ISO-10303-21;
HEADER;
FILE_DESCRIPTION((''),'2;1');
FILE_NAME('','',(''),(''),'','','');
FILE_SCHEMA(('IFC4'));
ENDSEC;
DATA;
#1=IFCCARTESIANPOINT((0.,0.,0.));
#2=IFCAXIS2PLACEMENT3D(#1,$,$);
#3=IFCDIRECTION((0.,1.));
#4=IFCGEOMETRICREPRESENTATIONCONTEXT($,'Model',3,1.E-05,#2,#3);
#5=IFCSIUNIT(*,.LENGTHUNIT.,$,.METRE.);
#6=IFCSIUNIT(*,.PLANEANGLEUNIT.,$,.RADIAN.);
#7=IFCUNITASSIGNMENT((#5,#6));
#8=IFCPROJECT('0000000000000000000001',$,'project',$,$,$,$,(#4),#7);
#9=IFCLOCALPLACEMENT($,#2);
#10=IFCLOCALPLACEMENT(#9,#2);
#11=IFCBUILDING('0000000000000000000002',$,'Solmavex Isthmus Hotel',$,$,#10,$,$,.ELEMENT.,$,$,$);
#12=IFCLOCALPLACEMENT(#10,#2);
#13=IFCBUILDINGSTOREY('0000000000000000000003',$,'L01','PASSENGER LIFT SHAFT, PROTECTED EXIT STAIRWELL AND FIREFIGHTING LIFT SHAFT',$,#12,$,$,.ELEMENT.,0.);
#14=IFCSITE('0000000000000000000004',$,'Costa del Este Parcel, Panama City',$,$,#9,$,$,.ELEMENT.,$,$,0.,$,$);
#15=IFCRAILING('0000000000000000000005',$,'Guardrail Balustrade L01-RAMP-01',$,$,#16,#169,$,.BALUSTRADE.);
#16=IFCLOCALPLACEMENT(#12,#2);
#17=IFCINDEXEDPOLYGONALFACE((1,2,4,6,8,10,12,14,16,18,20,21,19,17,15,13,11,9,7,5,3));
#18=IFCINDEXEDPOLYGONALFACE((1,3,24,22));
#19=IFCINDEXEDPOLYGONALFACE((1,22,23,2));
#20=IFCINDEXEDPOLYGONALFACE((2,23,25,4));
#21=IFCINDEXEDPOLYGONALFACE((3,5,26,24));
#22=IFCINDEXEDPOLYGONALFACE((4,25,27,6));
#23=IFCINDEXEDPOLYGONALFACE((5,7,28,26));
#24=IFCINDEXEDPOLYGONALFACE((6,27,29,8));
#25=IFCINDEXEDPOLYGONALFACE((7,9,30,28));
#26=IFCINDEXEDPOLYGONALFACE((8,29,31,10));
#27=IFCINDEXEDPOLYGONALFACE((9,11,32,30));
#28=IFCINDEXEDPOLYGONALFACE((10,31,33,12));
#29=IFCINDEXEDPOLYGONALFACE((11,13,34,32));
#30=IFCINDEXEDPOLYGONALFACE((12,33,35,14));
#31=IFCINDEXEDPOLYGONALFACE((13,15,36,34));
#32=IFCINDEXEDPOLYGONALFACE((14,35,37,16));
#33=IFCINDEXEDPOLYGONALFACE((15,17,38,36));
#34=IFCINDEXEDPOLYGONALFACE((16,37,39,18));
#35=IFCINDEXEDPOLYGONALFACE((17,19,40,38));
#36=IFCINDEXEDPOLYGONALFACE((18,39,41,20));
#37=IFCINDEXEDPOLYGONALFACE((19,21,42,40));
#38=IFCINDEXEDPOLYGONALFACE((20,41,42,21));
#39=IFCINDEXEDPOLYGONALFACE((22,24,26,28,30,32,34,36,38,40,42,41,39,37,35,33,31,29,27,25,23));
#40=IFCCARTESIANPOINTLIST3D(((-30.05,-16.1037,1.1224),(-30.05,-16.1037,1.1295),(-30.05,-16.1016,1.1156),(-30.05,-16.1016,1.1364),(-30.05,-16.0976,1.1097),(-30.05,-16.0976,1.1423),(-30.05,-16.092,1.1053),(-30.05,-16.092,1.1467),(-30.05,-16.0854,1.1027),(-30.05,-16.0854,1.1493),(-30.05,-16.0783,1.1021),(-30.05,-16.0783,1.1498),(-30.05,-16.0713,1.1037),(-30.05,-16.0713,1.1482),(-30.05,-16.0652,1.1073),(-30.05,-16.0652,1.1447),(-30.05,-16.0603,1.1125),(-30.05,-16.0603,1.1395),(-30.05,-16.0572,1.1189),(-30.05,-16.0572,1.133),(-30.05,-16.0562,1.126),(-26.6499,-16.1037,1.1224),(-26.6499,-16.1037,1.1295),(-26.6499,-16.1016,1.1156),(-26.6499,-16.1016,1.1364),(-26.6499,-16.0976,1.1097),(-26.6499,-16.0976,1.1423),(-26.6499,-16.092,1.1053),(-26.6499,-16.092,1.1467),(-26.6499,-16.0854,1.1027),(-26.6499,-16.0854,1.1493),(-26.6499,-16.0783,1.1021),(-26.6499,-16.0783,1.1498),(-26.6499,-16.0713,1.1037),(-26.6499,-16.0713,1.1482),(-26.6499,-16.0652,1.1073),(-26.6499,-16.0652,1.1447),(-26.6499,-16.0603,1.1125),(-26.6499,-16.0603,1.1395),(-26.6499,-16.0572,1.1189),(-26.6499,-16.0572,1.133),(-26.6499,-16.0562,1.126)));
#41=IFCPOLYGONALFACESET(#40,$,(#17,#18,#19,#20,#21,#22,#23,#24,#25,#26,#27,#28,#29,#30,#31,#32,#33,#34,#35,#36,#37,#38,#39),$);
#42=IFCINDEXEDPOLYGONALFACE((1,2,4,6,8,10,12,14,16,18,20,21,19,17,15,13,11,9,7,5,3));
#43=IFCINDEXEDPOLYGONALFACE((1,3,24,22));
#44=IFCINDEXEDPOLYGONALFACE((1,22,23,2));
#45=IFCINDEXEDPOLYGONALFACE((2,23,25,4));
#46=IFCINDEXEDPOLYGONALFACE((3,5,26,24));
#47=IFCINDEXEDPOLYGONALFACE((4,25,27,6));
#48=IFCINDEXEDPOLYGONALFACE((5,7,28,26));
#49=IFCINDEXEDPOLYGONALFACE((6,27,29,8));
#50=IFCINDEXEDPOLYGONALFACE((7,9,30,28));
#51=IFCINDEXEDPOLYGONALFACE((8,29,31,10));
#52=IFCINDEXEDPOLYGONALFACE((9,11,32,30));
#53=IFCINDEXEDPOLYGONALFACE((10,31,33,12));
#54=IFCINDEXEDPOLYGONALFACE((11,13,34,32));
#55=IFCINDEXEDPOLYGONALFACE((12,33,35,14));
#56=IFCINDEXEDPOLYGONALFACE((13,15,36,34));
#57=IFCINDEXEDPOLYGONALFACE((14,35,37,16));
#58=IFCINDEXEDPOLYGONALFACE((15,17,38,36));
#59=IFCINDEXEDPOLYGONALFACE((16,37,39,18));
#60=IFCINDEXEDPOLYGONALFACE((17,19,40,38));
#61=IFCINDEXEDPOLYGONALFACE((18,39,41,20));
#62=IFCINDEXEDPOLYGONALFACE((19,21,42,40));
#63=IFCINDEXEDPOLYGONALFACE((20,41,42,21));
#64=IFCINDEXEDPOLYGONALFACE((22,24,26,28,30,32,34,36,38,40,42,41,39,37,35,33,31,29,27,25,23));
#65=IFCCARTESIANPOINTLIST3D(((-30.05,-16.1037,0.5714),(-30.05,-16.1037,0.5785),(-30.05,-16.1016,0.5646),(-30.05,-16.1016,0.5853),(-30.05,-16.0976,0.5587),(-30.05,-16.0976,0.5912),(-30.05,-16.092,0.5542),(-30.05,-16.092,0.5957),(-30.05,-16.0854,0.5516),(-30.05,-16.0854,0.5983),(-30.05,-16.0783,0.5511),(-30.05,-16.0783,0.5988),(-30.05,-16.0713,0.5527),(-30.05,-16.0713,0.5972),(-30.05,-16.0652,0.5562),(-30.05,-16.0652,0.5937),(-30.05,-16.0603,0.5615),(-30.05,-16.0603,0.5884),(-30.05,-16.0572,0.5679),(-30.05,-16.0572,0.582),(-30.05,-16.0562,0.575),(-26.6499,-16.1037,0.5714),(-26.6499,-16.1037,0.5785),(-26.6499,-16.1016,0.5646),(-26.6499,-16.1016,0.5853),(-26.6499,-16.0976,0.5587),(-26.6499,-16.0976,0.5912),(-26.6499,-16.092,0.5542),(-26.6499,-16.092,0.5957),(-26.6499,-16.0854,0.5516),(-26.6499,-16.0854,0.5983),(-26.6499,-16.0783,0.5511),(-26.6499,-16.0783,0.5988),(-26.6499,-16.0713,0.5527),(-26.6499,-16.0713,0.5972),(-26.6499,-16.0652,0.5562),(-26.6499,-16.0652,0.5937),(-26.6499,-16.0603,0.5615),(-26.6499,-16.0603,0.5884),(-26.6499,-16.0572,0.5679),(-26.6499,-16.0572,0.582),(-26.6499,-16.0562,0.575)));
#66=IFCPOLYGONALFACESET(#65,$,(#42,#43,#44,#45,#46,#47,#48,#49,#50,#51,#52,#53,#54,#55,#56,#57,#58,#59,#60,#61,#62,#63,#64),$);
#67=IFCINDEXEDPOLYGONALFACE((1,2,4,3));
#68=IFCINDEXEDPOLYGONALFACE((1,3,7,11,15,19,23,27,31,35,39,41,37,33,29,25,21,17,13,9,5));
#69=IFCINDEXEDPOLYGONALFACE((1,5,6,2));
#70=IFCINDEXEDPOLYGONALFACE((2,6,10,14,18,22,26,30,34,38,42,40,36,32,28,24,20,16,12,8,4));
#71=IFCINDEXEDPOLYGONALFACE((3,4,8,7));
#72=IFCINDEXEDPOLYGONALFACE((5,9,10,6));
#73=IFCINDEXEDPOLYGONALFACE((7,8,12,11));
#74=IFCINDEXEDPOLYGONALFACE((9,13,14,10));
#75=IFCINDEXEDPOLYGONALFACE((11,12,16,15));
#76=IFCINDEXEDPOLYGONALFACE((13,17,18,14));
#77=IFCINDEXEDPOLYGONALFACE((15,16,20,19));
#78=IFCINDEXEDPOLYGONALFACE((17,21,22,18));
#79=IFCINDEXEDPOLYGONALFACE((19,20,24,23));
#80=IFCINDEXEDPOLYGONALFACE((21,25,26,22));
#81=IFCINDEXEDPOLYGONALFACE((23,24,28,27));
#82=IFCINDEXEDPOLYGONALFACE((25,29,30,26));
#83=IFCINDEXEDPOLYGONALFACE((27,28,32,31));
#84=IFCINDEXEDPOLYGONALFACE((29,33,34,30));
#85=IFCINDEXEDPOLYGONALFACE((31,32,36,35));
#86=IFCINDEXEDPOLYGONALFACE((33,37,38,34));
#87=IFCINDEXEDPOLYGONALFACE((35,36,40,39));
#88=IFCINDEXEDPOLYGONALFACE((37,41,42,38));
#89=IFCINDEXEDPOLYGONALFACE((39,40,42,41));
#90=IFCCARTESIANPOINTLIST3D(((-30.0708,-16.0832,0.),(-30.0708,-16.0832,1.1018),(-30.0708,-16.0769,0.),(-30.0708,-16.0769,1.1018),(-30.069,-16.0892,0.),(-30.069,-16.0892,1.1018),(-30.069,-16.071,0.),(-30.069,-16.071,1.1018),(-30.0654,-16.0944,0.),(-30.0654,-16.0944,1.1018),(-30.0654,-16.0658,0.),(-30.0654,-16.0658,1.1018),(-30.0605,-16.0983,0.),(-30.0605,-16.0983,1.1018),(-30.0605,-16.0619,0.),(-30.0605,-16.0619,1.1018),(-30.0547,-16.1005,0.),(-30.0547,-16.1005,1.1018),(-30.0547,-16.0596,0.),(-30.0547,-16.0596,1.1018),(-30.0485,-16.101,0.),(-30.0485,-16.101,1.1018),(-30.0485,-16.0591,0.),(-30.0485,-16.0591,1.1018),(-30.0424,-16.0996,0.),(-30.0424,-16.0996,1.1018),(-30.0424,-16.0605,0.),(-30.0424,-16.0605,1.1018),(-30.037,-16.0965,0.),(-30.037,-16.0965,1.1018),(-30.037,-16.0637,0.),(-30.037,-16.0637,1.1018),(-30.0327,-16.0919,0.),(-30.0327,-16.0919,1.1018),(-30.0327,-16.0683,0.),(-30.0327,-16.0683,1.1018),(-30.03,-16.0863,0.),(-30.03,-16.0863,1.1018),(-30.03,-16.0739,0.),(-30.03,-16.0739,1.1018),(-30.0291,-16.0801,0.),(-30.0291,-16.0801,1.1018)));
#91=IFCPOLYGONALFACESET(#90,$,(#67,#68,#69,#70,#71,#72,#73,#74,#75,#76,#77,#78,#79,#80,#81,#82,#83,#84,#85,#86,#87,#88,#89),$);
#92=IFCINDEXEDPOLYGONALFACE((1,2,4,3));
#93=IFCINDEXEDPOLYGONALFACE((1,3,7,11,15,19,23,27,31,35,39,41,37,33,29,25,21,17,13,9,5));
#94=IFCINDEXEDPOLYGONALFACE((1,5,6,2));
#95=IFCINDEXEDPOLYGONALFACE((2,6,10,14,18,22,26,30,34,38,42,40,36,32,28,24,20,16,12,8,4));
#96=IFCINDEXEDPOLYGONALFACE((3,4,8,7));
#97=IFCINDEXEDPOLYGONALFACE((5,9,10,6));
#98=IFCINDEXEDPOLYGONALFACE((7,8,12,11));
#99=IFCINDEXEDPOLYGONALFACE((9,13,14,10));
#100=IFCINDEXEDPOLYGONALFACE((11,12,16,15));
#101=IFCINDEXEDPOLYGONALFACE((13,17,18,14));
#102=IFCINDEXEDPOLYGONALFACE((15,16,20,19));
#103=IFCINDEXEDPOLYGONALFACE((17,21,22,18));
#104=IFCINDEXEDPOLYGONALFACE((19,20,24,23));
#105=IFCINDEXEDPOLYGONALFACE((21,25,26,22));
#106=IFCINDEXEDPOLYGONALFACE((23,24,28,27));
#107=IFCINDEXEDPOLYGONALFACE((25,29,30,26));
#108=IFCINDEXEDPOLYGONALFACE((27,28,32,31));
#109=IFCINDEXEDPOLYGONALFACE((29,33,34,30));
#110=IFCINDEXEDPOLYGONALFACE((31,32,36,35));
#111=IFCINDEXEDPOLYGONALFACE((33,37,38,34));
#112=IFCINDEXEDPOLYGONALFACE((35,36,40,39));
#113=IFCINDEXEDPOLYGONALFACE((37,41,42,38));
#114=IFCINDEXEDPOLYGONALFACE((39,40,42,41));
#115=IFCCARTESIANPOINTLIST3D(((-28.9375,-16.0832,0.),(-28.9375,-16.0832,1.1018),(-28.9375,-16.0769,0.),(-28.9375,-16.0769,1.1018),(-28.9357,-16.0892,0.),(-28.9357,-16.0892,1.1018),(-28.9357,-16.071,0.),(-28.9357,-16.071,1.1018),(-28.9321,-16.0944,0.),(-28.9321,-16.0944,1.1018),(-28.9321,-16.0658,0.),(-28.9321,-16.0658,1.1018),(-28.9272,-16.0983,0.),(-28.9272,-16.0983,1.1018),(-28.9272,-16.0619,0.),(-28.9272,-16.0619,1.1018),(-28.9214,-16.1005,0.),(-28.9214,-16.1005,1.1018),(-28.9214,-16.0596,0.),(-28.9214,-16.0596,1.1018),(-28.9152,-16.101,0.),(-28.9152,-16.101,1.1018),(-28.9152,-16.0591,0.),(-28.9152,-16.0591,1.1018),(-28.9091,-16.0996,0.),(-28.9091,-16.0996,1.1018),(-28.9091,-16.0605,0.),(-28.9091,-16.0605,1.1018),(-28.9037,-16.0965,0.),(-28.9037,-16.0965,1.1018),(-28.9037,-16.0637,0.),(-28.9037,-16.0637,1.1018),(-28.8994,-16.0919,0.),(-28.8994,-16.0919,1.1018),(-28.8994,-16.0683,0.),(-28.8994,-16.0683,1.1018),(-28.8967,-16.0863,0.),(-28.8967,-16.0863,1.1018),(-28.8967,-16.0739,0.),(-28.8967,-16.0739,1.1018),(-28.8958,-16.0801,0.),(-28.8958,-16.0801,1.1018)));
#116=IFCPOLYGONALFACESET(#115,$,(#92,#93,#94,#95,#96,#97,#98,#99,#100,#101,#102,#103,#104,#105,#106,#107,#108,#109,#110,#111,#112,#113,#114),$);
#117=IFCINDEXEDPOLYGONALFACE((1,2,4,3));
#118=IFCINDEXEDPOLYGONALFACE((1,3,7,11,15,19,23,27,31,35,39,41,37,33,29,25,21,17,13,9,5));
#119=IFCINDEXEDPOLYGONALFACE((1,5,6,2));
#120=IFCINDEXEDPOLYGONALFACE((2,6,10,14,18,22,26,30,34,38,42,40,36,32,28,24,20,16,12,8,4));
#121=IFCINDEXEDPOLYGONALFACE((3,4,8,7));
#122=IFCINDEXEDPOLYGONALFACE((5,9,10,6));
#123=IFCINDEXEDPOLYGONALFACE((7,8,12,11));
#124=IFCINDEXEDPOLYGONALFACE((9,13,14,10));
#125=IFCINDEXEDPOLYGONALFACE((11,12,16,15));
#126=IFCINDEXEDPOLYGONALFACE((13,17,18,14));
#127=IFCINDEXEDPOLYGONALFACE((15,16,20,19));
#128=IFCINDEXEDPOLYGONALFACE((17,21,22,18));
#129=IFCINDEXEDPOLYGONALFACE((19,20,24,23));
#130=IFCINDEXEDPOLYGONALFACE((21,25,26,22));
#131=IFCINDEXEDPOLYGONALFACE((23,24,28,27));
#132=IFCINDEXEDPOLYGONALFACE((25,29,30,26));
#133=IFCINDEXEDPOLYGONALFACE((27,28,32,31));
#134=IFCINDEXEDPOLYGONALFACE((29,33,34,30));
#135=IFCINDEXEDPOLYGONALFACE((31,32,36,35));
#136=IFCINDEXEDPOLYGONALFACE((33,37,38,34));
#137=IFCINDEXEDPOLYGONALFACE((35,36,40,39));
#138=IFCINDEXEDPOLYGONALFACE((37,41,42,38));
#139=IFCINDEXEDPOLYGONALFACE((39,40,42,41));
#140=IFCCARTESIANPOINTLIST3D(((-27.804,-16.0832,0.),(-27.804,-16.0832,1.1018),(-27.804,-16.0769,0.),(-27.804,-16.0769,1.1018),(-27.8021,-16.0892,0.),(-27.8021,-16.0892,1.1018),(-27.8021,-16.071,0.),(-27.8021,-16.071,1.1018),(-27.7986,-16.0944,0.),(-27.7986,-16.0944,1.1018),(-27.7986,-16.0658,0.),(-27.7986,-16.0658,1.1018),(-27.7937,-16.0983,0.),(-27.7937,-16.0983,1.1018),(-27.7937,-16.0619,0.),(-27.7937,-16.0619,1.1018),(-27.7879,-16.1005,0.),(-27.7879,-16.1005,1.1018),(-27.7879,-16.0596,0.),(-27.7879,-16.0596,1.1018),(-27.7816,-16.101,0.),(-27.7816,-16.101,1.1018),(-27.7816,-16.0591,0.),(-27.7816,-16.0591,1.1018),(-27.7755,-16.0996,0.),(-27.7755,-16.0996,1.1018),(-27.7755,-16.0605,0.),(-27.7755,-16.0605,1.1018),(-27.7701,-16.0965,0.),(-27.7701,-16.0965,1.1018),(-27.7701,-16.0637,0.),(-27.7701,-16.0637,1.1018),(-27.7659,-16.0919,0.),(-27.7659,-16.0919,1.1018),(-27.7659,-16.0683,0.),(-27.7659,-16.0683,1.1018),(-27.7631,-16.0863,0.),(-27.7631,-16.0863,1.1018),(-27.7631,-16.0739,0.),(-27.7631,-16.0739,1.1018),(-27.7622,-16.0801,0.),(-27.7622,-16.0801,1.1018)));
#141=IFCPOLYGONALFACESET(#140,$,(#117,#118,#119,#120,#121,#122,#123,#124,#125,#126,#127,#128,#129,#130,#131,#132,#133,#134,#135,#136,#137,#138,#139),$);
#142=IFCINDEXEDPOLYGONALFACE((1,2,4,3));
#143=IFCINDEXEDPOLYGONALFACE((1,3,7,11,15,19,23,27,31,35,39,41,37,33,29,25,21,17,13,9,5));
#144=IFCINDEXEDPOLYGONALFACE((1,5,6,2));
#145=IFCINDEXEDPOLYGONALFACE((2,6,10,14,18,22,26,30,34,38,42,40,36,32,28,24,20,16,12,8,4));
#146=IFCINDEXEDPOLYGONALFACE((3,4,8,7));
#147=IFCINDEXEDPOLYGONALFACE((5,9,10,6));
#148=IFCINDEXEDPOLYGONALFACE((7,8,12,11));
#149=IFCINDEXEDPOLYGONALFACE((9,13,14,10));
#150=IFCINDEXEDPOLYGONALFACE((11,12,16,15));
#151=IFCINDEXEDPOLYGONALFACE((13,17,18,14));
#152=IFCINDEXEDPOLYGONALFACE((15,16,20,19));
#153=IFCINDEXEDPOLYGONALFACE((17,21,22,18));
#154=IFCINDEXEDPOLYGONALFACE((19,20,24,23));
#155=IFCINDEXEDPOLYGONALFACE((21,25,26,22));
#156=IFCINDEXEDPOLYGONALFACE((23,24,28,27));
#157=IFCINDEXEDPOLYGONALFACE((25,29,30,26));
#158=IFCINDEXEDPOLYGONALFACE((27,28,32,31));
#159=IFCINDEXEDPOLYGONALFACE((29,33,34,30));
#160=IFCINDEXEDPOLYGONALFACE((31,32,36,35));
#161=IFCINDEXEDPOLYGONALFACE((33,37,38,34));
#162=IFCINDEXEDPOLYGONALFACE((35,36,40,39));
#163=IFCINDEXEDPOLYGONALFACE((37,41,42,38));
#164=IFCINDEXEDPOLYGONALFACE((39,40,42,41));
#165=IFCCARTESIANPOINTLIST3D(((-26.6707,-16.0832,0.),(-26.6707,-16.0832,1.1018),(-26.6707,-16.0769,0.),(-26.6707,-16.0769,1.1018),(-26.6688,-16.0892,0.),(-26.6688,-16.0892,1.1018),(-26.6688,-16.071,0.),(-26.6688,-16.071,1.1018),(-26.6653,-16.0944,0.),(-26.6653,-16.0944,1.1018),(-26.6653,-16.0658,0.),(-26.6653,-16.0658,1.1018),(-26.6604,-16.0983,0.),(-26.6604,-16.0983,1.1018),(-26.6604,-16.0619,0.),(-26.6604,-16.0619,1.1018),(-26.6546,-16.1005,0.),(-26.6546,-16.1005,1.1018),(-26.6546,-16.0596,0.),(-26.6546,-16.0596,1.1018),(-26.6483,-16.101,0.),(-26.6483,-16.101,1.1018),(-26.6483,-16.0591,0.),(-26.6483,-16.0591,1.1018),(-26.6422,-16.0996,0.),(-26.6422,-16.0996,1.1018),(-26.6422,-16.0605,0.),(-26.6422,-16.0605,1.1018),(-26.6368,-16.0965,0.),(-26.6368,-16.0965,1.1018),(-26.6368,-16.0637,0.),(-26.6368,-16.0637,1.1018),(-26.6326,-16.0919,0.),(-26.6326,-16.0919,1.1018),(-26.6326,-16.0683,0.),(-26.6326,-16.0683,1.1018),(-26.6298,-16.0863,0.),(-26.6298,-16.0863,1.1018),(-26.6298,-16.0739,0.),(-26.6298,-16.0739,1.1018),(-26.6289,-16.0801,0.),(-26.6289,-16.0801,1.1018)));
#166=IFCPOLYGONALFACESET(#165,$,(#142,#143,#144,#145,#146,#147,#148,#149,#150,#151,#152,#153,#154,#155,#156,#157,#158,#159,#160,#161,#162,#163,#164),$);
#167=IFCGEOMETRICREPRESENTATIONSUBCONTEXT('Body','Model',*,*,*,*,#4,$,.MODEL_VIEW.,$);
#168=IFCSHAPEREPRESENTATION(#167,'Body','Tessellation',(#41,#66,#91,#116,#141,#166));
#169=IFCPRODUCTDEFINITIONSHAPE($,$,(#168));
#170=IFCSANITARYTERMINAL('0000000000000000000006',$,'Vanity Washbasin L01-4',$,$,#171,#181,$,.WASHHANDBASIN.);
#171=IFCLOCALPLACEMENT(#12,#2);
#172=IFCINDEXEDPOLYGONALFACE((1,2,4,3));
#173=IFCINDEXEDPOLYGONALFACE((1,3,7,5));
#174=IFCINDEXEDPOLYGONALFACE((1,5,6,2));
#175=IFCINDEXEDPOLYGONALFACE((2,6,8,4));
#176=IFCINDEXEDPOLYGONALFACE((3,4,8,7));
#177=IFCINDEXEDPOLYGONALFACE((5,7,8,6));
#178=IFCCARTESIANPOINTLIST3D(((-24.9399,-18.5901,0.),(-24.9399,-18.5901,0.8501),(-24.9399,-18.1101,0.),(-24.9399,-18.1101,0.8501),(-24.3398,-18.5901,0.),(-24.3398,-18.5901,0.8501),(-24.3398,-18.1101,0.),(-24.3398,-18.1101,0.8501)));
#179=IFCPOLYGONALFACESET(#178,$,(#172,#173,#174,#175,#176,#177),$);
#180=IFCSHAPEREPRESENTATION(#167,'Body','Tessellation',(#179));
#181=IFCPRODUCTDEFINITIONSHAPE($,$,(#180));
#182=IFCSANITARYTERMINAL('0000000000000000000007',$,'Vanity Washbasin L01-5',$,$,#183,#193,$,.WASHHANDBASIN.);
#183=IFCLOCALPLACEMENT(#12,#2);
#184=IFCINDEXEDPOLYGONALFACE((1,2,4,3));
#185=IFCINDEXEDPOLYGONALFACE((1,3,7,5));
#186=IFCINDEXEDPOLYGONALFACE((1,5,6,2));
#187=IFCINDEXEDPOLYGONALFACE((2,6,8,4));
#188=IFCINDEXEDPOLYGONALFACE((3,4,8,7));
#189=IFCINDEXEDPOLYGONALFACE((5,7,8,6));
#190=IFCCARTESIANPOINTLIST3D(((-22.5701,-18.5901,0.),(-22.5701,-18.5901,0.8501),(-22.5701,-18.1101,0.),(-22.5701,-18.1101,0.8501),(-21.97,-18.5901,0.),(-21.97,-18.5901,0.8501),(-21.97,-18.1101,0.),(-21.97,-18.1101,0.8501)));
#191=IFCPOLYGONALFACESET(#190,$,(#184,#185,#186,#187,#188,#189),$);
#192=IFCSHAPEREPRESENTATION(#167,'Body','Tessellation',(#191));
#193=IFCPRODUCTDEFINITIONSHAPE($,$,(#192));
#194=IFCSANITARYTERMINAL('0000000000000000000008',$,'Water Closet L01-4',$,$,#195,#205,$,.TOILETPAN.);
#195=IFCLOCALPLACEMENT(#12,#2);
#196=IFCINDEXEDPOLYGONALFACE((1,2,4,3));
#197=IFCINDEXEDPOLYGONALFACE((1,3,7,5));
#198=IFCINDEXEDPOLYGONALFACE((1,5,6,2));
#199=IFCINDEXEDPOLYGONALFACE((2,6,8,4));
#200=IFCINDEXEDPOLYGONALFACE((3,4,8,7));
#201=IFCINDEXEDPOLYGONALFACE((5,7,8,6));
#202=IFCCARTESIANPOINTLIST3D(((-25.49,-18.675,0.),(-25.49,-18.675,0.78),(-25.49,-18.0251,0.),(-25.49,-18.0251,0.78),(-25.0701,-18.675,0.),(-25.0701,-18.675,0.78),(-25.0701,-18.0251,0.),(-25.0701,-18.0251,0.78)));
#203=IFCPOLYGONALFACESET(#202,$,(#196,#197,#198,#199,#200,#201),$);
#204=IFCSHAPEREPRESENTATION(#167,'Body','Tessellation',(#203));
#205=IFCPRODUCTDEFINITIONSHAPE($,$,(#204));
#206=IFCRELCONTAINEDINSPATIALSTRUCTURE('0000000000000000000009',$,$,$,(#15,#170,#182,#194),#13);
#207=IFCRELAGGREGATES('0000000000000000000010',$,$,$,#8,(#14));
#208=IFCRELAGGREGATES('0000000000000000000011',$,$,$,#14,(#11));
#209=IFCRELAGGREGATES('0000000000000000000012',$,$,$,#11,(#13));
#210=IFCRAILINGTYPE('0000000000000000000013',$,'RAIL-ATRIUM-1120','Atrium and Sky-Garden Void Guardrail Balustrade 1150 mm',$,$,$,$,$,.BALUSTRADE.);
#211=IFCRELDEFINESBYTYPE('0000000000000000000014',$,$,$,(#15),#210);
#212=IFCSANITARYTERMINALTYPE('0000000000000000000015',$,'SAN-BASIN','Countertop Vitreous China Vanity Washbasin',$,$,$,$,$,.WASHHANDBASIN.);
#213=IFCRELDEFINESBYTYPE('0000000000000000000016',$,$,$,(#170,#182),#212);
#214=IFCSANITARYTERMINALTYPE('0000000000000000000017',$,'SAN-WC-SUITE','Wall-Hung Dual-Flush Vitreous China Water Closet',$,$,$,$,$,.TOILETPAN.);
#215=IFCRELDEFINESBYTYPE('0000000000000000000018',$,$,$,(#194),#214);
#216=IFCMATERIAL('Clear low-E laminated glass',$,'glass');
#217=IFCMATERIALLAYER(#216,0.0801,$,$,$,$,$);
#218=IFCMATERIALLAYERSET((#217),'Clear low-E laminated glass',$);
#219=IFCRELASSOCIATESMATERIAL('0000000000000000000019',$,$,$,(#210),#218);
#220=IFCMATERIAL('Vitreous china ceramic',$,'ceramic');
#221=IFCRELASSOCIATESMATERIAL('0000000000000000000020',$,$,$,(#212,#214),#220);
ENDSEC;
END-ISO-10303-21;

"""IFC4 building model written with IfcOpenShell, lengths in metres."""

from ifc_helpers import new_model, si_unit, direction, frame, origin, origin_2d, place, context, subcontext, project, spatial, rectangle, circle, extrude, material, layer, layer_set, type_object, element, save


model = new_model("IFC4")

# Units and contexts
model_context = context("Model", 3, precision=1e-05, world=origin(), true_north=direction((0.0, 1.0)))
body_context = subcontext(model_context, "Body", "Model", "MODEL_VIEW")
ifc_project = project(units=[si_unit("LENGTHUNIT", "METRE"), si_unit("PLANEANGLEUNIT", "RADIAN")], contexts=[model_context])

# Site, building, storey
site_placement = place(None, origin())
site = spatial("IfcSite", under=ifc_project, at=site_placement, Name="Costa del Este Parcel, Panama City", CompositionType="ELEMENT", RefElevation=0.0)
building_placement = place(site_placement, origin())
building = spatial("IfcBuilding", under=site, at=building_placement, Name="Solmavex Isthmus Hotel", CompositionType="ELEMENT")
storey_placement = place(building_placement, origin())
storey = spatial("IfcBuildingStorey", under=building, at=storey_placement, Name="L01", Description="PASSENGER LIFT SHAFT, PROTECTED EXIT STAIRWELL AND FIREFIGHTING LIFT SHAFT", CompositionType="ELEMENT", Elevation=0.0)

# Railing
ifc_material_1 = material(Name="Clear low-E laminated glass", Category="glass")
ifc_layer_1 = layer(ifc_material_1, 0.0801)
ifc_layer_set_1 = layer_set([ifc_layer_1], Name="Clear low-E laminated glass")
railing_type = type_object("IfcRailingType", Name="RAIL-ATRIUM-1120", Description="Atrium and Sky-Garden Void Guardrail Balustrade 1150 mm", PredefinedType="BALUSTRADE", material=ifc_layer_set_1)
railing_placement = place(storey_placement, frame((-30.05, -16.0801, 0.0)))
element("IfcRailing", 1, at=railing_placement, inside=storey, type_object=railing_type, Name="Guardrail Balustrade L01-RAMP-01", PredefinedType="BALUSTRADE", context=body_context, shape_type="SweptSolid", body=[
    extrude(circle(Radius=0.0239, at=origin_2d()), frame((0.0, 0.0, 1.126), z_axis=(1.0, 0.0, 0.0), x_axis=(0.0, 1.0, 0.0)), (0.0, 0.0, 1.0), 3.4001),
    extrude(circle(Radius=0.0239, at=origin_2d()), frame((0.0, 0.0, 0.575), z_axis=(1.0, 0.0, 0.0), x_axis=(0.0, 1.0, 0.0)), (0.0, 0.0, 1.0), 3.4001),
    extrude(circle(Radius=0.021, at=origin_2d()), origin(), (0.0, 0.0, 1.0), 1.1018),
    extrude(circle(Radius=0.021, at=origin_2d()), frame((1.1333, 0.0, 0.0)), (0.0, 0.0, 1.0), 1.1018),
    extrude(circle(Radius=0.021, at=origin_2d()), frame((2.2668, 0.0, 0.0)), (0.0, 0.0, 1.0), 1.1018),
    extrude(circle(Radius=0.021, at=origin_2d()), frame((3.4001, 0.0, 0.0)), (0.0, 0.0, 1.0), 1.1018),
])

# Sanitary terminals
ifc_material_2 = material(Name="Vitreous china ceramic", Category="ceramic")
sanitary_terminal_type_1 = type_object("IfcSanitaryTerminalType", Name="SAN-BASIN", Description="Countertop Vitreous China Vanity Washbasin", PredefinedType="WASHHANDBASIN", material=ifc_material_2)
for number, where, z_axis, x_axis, name in (
    (2, (-24.6399, -18.3501, 0.0), (0.0, 0.0, 1.0), (1.0, 0.0, 0.0), "Vanity Washbasin L01-4"),
    (3, (-22.27, -18.3501, 0.0), (0.0, 0.0, 1.0), (1.0, 0.0, 0.0), "Vanity Washbasin L01-5"),
):
    element("IfcSanitaryTerminal", number, at=place(storey_placement, frame(where, z_axis=z_axis, x_axis=x_axis)), inside=storey, type_object=sanitary_terminal_type_1, Name=name, PredefinedType="WASHHANDBASIN", context=body_context, shape_type="SweptSolid", body=[
        extrude(rectangle(XDim=0.6001, YDim=0.48, at=origin_2d()), origin(), (0.0, 0.0, 1.0), 0.8501),
    ])
sanitary_terminal_type_2 = type_object("IfcSanitaryTerminalType", Name="SAN-WC-SUITE", Description="Wall-Hung Dual-Flush Vitreous China Water Closet", PredefinedType="TOILETPAN", material=ifc_material_2)
for number, where, z_axis, x_axis, name in (
    (4, (-25.28, -18.3501, 0.0), (0.0, 0.0, 1.0), (1.0, 0.0, 0.0), "Water Closet L01-4"),
):
    element("IfcSanitaryTerminal", number, at=place(storey_placement, frame(where, z_axis=z_axis, x_axis=x_axis)), inside=storey, type_object=sanitary_terminal_type_2, Name=name, PredefinedType="TOILETPAN", context=body_context, shape_type="SweptSolid", body=[
        extrude(rectangle(XDim=0.4199, YDim=0.6499, at=origin_2d()), origin(), (0.0, 0.0, 1.0), 0.78),
    ])

save(model, "model.ifc")
